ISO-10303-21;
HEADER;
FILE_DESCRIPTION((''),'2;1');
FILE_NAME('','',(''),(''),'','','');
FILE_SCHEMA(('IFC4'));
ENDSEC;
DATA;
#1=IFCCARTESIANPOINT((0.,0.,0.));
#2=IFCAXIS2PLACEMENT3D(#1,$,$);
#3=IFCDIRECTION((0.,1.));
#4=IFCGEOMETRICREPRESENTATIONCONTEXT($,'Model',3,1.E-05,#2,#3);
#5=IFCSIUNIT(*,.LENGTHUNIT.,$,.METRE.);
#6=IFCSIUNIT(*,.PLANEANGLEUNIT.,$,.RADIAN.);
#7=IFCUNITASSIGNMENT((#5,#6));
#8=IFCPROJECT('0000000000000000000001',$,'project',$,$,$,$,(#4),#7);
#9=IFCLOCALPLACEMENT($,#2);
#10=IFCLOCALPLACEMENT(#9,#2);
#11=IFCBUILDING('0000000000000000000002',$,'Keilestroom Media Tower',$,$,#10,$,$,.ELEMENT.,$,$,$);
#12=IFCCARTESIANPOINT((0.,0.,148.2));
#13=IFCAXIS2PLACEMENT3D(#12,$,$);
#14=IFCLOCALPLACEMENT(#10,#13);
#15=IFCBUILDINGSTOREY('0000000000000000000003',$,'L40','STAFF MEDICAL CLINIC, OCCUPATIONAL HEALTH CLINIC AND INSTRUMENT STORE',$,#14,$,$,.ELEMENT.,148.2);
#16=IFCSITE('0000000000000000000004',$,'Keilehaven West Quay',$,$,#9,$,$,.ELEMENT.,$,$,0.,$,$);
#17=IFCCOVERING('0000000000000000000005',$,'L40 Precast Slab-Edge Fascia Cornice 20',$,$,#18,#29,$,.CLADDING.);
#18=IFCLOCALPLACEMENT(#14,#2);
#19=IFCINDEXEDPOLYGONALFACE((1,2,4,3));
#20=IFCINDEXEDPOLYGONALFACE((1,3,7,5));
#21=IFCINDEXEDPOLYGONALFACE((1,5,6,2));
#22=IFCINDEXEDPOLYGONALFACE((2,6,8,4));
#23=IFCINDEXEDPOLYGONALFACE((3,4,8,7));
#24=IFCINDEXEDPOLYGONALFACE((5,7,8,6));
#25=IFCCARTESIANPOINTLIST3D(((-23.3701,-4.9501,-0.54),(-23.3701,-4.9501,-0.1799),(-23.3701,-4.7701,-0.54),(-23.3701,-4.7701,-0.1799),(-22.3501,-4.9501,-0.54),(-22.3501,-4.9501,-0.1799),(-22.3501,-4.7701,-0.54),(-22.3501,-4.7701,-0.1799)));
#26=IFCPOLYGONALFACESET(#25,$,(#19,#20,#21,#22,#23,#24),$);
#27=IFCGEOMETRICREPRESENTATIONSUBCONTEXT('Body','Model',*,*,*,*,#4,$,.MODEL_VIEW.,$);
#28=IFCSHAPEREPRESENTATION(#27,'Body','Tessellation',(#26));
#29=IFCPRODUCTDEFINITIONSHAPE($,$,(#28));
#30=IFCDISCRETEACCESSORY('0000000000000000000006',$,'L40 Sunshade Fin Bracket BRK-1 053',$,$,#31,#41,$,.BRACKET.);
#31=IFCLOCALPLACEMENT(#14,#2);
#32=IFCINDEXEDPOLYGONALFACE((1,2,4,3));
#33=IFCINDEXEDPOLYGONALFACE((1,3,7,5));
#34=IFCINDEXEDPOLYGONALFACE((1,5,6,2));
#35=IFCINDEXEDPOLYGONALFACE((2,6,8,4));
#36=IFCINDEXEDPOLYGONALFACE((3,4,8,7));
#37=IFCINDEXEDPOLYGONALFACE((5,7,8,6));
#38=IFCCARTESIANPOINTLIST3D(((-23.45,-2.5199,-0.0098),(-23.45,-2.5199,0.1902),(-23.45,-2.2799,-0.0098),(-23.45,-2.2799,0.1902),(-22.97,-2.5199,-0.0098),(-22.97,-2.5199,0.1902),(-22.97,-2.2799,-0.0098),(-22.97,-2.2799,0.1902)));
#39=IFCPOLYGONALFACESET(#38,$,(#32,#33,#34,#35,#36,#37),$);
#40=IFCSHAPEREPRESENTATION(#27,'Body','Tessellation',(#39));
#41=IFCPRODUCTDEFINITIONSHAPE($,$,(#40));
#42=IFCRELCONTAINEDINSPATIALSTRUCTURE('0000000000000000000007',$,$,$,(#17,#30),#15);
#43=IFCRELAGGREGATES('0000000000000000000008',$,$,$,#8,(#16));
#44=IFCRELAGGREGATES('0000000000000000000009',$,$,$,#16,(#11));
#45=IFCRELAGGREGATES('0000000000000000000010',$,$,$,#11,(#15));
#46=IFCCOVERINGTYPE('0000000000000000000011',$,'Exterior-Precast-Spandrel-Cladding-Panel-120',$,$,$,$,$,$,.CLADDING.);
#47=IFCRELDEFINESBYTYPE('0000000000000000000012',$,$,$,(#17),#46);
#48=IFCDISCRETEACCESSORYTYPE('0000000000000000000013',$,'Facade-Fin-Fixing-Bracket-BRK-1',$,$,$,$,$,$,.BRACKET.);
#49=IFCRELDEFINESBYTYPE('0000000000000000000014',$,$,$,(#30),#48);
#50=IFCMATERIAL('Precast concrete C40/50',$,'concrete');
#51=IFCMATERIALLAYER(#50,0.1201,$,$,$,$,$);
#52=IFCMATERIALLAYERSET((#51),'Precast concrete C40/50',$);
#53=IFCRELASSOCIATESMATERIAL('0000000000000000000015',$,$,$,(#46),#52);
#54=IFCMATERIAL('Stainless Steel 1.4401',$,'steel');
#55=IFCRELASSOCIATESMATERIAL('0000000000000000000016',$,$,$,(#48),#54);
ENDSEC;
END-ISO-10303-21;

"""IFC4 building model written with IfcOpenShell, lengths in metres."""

from ifc_helpers import new_model, si_unit, direction, frame, origin, origin_2d, place, context, subcontext, project, spatial, rectangle, extrude, source, transform, mapped, material, layer, layer_set, type_object, element, save


model = new_model("IFC4")

# Units and contexts
model_context = context("Model", 3, precision=1e-05, world=origin(), true_north=direction((0.0, 1.0)))
body_context = subcontext(model_context, "Body", "Model", "MODEL_VIEW")
ifc_project = project(units=[si_unit("LENGTHUNIT", "METRE"), si_unit("PLANEANGLEUNIT", "RADIAN")], contexts=[model_context])

# Site, building, storey
site_placement = place(None, origin())
site = spatial("IfcSite", under=ifc_project, at=site_placement, Name="Keilehaven West Quay", CompositionType="ELEMENT", RefElevation=0.0)
building_placement = place(site_placement, origin())
building = spatial("IfcBuilding", under=site, at=building_placement, Name="Keilestroom Media Tower", CompositionType="ELEMENT")
storey_placement = place(building_placement, frame((0.0, 0.0, 148.2)))
storey = spatial("IfcBuildingStorey", under=building, at=storey_placement, Name="L40", Description="STAFF MEDICAL CLINIC, OCCUPATIONAL HEALTH CLINIC AND INSTRUMENT STORE", CompositionType="ELEMENT", Elevation=148.2)

# Shared definitions
ifc_material_1 = material(Name="Precast concrete C40/50", Category="concrete")

# Covering
ifc_layer_1 = layer(ifc_material_1, 0.1201)
ifc_layer_set_1 = layer_set([ifc_layer_1], Name="Precast concrete C40/50")
covering_type = type_object("IfcCoveringType", Name="Exterior-Precast-Spandrel-Cladding-Panel-120", PredefinedType="CLADDING", material=ifc_layer_set_1)
shared_shape_1 = source(origin(), body_context, "Body", "SweptSolid", [
    extrude(rectangle(XDim=1.02, YDim=0.1799, at=origin_2d()), origin(), (0.0, 0.0, 1.0), 0.3601),
])
for number, where, z_axis, x_axis, name in (
    (1, (-22.8601, -4.8601, -0.54), (0.0, 0.0, 1.0), (-1.0, 0.0, 0.0), "L40 Precast Slab-Edge Fascia Cornice 20"),
):
    element("IfcCovering", number, at=place(storey_placement, frame(where, z_axis=z_axis, x_axis=x_axis)), inside=storey, type_object=covering_type, Name=name, PredefinedType="CLADDING", context=body_context, shape_type="MappedRepresentation", body=[
        mapped(shared_shape_1, transform((0.0, 0.0, 0.0), x_axis=(1.0, 0.0, 0.0), y_axis=(0.0, 1.0, 0.0), z_axis=(0.0, 0.0, 1.0), scale=1.0)),
    ])

# Discrete accessory
ifc_material_2 = material(Name="Stainless Steel 1.4401", Category="steel")
discrete_accessory_type = type_object("IfcDiscreteAccessoryType", Name="Facade-Fin-Fixing-Bracket-BRK-1", PredefinedType="BRACKET", material=ifc_material_2)
shared_shape_2 = source(origin(), body_context, "Body", "SweptSolid", [
    extrude(rectangle(XDim=0.48, YDim=0.24, at=origin_2d()), origin(), (0.0, 0.0, 1.0), 0.2),
])
discrete_accessory_placement = place(storey_placement, frame((-23.21, -2.3999, -0.0098), z_axis=(0.0, 0.0, 1.0), x_axis=(1.0, 0.0, 0.0)))
element("IfcDiscreteAccessory", 2, at=discrete_accessory_placement, inside=storey, type_object=discrete_accessory_type, Name="L40 Sunshade Fin Bracket BRK-1 053", PredefinedType="BRACKET", context=body_context, shape_type="MappedRepresentation", body=[
    mapped(shared_shape_2, transform((0.0, 0.0, 0.0), x_axis=(1.0, 0.0, 0.0), y_axis=(0.0, 1.0, 0.0), z_axis=(0.0, 0.0, 1.0), scale=1.0)),
])

save(model, "model.ifc")
